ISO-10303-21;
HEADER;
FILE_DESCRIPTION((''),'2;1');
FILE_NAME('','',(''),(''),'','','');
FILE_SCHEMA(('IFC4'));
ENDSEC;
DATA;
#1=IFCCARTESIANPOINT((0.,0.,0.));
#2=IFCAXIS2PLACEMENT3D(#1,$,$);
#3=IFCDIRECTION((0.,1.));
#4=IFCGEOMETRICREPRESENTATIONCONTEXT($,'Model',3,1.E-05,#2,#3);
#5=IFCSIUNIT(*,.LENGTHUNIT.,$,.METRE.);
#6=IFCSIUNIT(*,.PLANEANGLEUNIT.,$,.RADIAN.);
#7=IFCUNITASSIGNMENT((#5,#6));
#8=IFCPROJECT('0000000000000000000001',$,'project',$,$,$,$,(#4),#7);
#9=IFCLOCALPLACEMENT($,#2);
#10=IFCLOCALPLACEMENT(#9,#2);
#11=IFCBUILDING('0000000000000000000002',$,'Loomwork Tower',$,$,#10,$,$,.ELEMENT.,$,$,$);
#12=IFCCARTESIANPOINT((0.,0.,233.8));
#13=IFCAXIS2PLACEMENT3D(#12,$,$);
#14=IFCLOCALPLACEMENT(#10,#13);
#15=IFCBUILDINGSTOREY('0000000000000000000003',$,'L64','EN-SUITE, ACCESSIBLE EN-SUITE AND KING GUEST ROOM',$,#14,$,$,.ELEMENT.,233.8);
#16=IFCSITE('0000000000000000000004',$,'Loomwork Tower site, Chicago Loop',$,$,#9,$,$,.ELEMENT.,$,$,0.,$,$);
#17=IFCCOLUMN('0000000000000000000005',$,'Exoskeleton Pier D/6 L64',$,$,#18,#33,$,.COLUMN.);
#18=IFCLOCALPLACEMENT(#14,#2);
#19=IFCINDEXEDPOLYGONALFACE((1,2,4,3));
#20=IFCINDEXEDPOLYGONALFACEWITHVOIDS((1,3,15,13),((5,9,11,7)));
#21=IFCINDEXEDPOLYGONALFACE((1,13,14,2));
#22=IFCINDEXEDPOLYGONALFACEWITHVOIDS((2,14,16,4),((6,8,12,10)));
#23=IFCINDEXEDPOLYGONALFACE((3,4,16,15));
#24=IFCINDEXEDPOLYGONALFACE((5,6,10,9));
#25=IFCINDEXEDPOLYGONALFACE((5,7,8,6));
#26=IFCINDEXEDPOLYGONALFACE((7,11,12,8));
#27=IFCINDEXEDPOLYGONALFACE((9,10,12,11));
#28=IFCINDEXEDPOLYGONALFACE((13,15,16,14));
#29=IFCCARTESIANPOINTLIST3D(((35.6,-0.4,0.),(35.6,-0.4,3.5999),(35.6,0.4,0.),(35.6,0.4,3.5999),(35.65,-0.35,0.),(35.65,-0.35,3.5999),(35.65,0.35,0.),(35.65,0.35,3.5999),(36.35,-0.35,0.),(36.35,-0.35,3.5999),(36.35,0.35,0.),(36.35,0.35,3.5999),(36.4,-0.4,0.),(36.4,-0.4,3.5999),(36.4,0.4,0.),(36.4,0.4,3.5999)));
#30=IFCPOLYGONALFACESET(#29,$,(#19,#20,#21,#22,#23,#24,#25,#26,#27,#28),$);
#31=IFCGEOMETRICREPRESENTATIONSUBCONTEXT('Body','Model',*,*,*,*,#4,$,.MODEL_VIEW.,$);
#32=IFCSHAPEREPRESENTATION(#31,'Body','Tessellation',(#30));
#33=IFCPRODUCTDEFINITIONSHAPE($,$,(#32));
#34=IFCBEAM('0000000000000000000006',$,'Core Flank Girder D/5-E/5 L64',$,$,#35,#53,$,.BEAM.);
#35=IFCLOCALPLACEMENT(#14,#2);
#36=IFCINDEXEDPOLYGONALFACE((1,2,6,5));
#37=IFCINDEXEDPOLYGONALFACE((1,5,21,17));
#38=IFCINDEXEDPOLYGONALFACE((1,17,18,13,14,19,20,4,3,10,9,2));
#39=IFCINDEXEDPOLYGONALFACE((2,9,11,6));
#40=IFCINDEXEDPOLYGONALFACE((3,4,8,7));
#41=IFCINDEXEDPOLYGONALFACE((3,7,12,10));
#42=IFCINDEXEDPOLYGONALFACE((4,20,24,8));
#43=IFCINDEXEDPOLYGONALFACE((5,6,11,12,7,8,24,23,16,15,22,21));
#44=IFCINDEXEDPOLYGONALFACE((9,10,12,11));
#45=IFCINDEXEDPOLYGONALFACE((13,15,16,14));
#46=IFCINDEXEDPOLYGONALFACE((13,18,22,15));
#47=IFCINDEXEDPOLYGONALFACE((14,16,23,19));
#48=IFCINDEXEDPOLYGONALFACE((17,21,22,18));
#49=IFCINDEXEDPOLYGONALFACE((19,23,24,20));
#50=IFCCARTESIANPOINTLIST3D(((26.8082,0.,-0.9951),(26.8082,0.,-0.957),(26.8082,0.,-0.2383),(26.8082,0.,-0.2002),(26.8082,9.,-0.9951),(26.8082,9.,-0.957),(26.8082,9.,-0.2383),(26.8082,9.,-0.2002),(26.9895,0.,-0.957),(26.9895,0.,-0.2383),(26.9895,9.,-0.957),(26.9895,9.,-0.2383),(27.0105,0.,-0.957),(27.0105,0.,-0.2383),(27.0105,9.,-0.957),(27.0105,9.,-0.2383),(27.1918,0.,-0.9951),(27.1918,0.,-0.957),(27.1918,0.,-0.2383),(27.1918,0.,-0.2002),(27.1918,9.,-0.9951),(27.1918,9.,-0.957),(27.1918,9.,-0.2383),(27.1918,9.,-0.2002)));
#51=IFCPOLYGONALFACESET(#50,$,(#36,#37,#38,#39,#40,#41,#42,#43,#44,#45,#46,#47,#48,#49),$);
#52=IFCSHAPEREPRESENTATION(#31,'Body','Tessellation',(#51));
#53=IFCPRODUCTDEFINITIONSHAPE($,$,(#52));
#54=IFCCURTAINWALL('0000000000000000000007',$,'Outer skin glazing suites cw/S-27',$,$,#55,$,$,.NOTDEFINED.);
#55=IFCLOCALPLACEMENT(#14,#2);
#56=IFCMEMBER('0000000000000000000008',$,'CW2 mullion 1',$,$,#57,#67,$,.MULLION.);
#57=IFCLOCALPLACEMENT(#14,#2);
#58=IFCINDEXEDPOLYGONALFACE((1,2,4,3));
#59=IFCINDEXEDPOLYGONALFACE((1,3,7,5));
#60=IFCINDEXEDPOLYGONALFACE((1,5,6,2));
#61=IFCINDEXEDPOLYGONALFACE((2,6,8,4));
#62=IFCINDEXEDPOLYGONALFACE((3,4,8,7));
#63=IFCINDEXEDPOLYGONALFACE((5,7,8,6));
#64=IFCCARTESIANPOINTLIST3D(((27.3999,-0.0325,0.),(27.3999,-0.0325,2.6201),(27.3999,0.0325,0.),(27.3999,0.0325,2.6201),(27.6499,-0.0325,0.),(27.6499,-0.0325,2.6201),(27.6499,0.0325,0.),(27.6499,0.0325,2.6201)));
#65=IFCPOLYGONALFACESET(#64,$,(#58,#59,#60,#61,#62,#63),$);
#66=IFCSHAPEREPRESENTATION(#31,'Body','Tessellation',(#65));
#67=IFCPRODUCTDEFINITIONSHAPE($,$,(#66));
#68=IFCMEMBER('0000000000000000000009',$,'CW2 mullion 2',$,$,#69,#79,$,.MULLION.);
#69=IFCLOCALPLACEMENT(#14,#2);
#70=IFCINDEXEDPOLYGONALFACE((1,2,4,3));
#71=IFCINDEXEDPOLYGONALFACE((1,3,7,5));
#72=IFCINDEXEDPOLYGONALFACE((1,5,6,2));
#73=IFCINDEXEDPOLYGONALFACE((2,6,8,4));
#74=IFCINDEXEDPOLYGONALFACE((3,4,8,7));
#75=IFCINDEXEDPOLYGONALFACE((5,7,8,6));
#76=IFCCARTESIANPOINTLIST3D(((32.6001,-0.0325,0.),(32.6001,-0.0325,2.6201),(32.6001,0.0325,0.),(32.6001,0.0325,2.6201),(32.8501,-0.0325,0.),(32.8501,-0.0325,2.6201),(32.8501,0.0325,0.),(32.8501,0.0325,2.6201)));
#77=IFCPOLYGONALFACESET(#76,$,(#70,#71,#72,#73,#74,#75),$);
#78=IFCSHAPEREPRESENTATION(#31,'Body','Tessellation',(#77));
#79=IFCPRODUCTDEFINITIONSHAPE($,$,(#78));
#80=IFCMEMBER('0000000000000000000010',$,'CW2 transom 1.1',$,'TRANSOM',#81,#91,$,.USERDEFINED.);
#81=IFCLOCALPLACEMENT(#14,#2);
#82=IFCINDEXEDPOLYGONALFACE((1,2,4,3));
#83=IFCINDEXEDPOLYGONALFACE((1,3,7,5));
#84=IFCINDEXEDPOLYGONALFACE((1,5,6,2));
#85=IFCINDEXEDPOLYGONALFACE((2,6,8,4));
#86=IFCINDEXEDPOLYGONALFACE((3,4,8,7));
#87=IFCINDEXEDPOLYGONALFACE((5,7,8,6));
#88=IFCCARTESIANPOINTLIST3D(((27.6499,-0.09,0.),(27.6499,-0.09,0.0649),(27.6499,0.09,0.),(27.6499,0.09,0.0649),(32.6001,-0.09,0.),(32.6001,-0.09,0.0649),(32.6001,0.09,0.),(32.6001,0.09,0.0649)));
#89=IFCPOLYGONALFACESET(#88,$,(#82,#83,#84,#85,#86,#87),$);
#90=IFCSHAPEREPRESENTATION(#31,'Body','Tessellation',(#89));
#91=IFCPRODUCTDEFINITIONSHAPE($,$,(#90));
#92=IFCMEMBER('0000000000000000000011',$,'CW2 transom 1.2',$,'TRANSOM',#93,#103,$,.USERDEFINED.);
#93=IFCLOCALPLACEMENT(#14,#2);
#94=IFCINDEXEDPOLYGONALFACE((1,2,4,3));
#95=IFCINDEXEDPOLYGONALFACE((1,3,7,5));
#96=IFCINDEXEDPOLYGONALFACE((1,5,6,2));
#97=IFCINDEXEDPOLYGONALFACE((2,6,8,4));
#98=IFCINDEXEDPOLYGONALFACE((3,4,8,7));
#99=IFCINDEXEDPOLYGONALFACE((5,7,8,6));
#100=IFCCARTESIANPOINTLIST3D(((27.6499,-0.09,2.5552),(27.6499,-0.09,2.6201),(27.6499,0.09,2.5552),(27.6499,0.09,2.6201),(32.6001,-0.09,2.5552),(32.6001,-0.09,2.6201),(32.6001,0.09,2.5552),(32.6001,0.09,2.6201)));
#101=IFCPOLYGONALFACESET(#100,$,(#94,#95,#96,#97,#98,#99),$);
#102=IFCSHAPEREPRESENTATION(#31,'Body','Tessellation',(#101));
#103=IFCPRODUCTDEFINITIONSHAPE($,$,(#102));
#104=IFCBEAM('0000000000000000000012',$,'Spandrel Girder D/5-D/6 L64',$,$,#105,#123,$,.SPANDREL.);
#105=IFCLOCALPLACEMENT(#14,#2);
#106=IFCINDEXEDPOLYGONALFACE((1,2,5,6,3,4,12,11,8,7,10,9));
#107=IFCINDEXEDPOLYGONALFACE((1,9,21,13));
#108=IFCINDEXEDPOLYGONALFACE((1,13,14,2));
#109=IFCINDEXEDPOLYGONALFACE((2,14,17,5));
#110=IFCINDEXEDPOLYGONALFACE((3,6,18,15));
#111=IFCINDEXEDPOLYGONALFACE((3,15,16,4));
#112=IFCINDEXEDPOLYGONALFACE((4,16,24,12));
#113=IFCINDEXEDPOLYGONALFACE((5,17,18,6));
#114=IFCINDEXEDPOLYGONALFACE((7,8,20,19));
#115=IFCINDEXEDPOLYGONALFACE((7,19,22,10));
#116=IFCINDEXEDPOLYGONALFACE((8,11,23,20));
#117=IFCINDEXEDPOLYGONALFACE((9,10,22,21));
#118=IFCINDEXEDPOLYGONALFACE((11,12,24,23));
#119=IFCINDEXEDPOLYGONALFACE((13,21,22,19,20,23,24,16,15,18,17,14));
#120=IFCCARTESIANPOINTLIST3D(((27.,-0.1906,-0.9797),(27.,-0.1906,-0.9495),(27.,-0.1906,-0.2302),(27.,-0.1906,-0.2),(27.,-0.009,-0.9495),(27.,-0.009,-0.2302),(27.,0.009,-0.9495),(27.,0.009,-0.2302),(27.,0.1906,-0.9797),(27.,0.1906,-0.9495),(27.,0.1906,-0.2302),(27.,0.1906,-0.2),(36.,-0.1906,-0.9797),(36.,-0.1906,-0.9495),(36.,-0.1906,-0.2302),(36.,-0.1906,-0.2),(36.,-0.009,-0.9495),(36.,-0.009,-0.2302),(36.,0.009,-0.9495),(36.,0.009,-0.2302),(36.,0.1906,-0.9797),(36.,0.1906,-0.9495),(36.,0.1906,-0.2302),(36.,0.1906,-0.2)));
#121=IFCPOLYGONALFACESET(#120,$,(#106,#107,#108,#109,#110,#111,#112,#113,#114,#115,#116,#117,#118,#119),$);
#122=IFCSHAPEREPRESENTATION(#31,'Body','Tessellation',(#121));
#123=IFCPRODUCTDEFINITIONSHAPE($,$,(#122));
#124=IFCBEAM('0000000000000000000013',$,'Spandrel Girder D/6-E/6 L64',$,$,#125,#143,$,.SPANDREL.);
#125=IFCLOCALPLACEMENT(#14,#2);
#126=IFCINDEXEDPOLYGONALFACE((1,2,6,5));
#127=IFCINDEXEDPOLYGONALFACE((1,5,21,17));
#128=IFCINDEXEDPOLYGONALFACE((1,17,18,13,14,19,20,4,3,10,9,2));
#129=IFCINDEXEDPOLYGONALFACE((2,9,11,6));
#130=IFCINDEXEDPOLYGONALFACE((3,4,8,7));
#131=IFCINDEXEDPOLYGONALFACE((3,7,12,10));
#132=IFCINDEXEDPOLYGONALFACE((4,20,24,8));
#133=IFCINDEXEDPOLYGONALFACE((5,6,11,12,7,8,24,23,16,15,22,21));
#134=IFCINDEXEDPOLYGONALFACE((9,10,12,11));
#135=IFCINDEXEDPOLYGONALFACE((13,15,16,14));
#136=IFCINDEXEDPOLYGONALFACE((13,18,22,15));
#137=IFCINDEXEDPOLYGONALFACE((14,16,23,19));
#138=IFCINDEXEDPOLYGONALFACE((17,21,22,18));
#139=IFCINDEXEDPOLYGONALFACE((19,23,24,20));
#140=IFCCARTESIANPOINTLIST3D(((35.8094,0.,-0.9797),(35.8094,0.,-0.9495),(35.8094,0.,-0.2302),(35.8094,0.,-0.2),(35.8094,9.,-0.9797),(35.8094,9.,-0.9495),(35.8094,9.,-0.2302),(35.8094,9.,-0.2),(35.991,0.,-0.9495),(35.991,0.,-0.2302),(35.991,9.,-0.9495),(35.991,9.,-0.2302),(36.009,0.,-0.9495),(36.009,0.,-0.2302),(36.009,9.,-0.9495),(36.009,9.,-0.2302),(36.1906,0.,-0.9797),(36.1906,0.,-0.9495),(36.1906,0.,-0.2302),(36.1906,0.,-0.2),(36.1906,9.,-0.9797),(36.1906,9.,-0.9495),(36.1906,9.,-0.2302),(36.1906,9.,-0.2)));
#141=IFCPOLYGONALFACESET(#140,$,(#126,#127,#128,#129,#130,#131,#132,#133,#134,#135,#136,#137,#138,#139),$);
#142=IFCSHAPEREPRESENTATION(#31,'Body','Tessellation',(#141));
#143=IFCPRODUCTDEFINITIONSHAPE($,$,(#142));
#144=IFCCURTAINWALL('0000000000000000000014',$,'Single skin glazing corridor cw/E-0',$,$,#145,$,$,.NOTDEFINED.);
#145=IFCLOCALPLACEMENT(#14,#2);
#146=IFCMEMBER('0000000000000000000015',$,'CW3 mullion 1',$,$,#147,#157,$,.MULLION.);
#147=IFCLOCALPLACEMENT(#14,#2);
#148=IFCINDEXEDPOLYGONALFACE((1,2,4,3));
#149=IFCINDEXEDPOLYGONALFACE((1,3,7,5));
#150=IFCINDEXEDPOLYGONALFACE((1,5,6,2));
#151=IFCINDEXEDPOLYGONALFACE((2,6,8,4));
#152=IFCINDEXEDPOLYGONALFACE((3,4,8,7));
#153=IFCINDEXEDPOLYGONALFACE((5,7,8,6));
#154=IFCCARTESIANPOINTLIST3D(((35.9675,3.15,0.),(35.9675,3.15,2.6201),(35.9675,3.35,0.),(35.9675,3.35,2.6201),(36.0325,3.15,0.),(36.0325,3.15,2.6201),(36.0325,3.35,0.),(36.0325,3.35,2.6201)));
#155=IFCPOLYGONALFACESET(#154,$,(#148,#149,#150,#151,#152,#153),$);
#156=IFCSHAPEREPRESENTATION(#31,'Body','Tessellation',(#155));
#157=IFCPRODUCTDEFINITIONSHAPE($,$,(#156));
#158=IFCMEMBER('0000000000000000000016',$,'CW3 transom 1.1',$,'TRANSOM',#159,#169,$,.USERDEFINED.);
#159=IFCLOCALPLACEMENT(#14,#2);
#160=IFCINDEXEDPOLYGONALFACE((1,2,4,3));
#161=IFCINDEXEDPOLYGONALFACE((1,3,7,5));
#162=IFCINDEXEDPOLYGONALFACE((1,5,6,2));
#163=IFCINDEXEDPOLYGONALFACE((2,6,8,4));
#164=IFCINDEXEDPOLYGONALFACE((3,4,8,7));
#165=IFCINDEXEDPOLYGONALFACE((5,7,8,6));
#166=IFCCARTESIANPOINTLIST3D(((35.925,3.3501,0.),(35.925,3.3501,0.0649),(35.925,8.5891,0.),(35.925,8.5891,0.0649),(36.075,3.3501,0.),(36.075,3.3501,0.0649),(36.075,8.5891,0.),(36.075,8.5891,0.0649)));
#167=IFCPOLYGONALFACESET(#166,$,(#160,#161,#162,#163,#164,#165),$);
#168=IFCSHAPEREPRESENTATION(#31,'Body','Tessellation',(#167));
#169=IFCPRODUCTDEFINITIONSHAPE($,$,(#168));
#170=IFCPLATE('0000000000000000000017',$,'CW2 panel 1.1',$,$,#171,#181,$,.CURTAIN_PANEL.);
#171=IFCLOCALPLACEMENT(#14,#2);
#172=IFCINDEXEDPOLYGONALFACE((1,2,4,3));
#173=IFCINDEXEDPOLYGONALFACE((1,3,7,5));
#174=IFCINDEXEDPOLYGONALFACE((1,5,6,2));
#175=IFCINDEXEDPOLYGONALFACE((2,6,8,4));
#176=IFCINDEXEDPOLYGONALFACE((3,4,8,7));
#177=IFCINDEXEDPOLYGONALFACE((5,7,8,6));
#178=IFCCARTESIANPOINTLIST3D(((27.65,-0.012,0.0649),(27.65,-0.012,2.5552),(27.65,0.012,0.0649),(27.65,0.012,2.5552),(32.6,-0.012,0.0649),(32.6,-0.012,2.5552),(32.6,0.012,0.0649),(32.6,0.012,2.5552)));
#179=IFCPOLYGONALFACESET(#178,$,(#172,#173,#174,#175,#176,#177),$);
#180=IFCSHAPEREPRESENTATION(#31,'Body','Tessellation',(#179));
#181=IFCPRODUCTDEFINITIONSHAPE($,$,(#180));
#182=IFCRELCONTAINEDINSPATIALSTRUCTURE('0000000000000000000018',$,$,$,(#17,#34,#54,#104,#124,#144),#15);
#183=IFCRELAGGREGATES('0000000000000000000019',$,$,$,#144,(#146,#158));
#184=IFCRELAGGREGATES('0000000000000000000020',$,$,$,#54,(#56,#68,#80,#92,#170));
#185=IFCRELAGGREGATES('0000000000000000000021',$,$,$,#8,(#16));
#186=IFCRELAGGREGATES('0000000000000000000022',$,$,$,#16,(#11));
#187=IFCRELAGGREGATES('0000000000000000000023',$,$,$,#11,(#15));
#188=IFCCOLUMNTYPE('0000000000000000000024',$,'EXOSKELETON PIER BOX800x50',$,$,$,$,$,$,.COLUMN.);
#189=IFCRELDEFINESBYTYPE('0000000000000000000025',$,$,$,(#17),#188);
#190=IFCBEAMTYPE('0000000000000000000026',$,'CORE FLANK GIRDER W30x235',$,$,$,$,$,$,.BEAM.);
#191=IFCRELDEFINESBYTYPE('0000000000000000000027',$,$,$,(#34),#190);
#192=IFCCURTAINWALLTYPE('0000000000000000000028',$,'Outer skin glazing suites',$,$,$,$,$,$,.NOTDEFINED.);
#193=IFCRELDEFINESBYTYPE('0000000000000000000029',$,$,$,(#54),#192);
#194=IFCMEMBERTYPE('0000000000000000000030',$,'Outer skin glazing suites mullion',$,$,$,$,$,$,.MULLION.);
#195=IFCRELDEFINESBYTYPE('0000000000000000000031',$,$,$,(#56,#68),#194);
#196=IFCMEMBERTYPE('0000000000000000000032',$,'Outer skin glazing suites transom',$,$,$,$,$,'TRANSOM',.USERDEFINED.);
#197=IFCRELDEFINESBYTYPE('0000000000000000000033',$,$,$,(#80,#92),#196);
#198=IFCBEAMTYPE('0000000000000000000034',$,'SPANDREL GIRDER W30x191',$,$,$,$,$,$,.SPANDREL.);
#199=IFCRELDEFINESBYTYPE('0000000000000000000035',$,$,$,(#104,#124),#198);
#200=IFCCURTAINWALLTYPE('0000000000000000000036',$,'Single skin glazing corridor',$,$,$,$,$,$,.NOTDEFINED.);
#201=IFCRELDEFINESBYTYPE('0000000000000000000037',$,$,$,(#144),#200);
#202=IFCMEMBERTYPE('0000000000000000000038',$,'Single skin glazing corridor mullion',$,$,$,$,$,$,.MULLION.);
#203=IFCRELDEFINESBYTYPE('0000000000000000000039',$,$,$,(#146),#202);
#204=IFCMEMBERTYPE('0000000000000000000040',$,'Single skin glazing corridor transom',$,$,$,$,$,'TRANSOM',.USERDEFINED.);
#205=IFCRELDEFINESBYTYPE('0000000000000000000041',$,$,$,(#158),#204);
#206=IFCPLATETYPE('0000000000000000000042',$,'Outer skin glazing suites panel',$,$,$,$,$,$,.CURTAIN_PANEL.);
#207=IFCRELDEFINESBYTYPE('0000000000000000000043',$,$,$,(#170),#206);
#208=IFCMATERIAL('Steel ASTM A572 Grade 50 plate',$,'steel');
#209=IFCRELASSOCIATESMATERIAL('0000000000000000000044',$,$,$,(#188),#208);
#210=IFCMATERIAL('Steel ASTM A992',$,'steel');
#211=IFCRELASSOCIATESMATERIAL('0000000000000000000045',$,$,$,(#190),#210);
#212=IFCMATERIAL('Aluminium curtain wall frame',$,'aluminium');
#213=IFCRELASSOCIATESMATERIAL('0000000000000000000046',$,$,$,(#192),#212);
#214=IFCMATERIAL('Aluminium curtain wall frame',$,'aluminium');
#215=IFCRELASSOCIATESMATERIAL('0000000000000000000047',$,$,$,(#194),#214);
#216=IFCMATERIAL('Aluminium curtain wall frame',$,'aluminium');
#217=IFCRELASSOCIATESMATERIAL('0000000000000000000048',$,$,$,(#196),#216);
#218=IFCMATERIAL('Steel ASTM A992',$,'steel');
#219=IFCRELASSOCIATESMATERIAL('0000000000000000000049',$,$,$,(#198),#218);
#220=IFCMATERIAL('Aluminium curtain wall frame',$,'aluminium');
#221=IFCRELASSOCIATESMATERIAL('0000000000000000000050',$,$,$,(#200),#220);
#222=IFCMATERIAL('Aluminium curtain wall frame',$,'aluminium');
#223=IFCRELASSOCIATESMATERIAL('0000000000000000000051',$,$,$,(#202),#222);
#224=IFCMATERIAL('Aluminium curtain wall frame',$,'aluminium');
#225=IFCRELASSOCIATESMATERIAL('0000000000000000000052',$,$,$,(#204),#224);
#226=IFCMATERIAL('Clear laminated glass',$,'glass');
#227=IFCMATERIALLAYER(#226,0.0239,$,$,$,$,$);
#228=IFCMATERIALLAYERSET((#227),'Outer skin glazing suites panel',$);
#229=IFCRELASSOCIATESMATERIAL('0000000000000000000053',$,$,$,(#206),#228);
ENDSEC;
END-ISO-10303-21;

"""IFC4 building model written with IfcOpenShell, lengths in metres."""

from ifc_helpers import new_model, si_unit, direction, frame, origin, origin_2d, place, context, subcontext, project, spatial, rectangle, hollow_rectangle, i_section, extrude, material, layer, layer_set, material_profile, profile_set, type_object, element, aggregate, save


model = new_model("IFC4")

# Units and contexts
model_context = context("Model", 3, precision=1e-05, world=origin(), true_north=direction((0.0, 1.0)))
body_context = subcontext(model_context, "Body", "Model", "MODEL_VIEW")
ifc_project = project(units=[si_unit("LENGTHUNIT", "METRE"), si_unit("PLANEANGLEUNIT", "RADIAN")], contexts=[model_context])

# Site, building, storey
site_placement = place(None, origin())
site = spatial("IfcSite", under=ifc_project, at=site_placement, Name="Loomwork Tower site, Chicago Loop", CompositionType="ELEMENT", RefElevation=0.0)
building_placement = place(site_placement, origin())
building = spatial("IfcBuilding", under=site, at=building_placement, Name="Loomwork Tower", CompositionType="ELEMENT")
storey_placement = place(building_placement, frame((0.0, 0.0, 233.8)))
storey = spatial("IfcBuildingStorey", under=building, at=storey_placement, Name="L64", Description="EN-SUITE, ACCESSIBLE EN-SUITE AND KING GUEST ROOM", CompositionType="ELEMENT", Elevation=233.8)

# Column
ifc_material_1 = material(Name="Steel ASTM A572 Grade 50 plate", Category="steel")
ifc_material_profile_1 = material_profile(ifc_material_1, hollow_rectangle(XDim=0.8, YDim=0.8, WallThickness=0.05, at=origin_2d()), Name="BOX800x50")
ifc_profile_set_1 = profile_set([ifc_material_profile_1], Name="Steel ASTM A572 Grade 50 plate")
column_type = type_object("IfcColumnType", Name="EXOSKELETON PIER BOX800x50", PredefinedType="COLUMN", material=ifc_profile_set_1)
column_placement = place(storey_placement, frame((36.0, 0.0, 0.0), z_axis=(0.0, 0.0, 1.0), x_axis=(1.0, 0.0, 0.0)))
element("IfcColumn", 1, at=column_placement, inside=storey, type_object=column_type, Name="Exoskeleton Pier D/6 L64", PredefinedType="COLUMN", context=body_context, shape_type="SweptSolid", body=[
    extrude(hollow_rectangle(XDim=0.8, YDim=0.8, WallThickness=0.05, at=origin_2d()), origin(), (0.0, 0.0, 1.0), 3.5999),
])

# Beam
ifc_material_2 = material(Name="Steel ASTM A992", Category="steel")
ifc_material_profile_2 = material_profile(ifc_material_2, i_section(OverallWidth=0.3835, OverallDepth=0.7949, WebThickness=0.021, FlangeThickness=0.0381, at=origin_2d()), Name="W30x235")
ifc_profile_set_2 = profile_set([ifc_material_profile_2], Name="Steel ASTM A992")
beam_type_1 = type_object("IfcBeamType", Name="CORE FLANK GIRDER W30x235", PredefinedType="BEAM", material=ifc_profile_set_2)
beam_placement = place(storey_placement, frame((27.0, 0.0, -0.5977), z_axis=(0.0, 1.0, 0.0), x_axis=(-1.0, 0.0, 0.0)))
element("IfcBeam", 2, at=beam_placement, inside=storey, type_object=beam_type_1, Name="Core Flank Girder D/5-E/5 L64", PredefinedType="BEAM", context=body_context, shape_type="SweptSolid", body=[
    extrude(i_section(OverallWidth=0.3835, OverallDepth=0.7949, WebThickness=0.021, FlangeThickness=0.0381, at=origin_2d()), origin(), (0.0, 0.0, 1.0), 9.0),
])

# Curtain wall, members
ifc_material_3 = material(Name="Aluminium curtain wall frame", Category="aluminium")
curtain_wall_type_1 = type_object("IfcCurtainWallType", Name="Outer skin glazing suites", PredefinedType="NOTDEFINED", material=ifc_material_3)
curtain_wall_1_placement = place(storey_placement, origin())
curtain_wall_1 = element("IfcCurtainWall", 3, at=curtain_wall_1_placement, inside=storey, type_object=curtain_wall_type_1, Name="Outer skin glazing suites cw/S-27", PredefinedType="NOTDEFINED")
ifc_material_4 = material(Name="Aluminium curtain wall frame", Category="aluminium")
ifc_material_profile_3 = material_profile(ifc_material_4, rectangle(XDim=0.0649, YDim=0.25, at=origin_2d()), Name="AL 65x250")
ifc_profile_set_3 = profile_set([ifc_material_profile_3], Name="Aluminium curtain wall frame")
member_type_1 = type_object("IfcMemberType", Name="Outer skin glazing suites mullion", PredefinedType="MULLION", material=ifc_profile_set_3)
member_1_placement = place(storey_placement, frame((27.5249, 0.0, 0.0), z_axis=(0.0, 0.0, 1.0), x_axis=(0.0, 1.0, 0.0)))
member_1 = element("IfcMember", 4, at=member_1_placement, type_object=member_type_1, Name="CW2 mullion 1", PredefinedType="MULLION", context=body_context, shape_type="SweptSolid", body=[
    extrude(rectangle(XDim=0.0649, YDim=0.25, at=origin_2d()), origin(), (0.0, 0.0, 1.0), 2.6201),
])
member_2_placement = place(storey_placement, frame((32.7251, 0.0, 0.0), z_axis=(0.0, 0.0, 1.0), x_axis=(0.0, 1.0, 0.0)))
member_2 = element("IfcMember", 5, at=member_2_placement, type_object=member_type_1, Name="CW2 mullion 2", PredefinedType="MULLION", context=body_context, shape_type="SweptSolid", body=[
    extrude(rectangle(XDim=0.0649, YDim=0.25, at=origin_2d()), origin(), (0.0, 0.0, 1.0), 2.6201),
])
ifc_material_5 = material(Name="Aluminium curtain wall frame", Category="aluminium")
ifc_material_profile_4 = material_profile(ifc_material_5, rectangle(XDim=0.1799, YDim=0.0649, at=origin_2d()), Name="AL 65x180")
ifc_profile_set_4 = profile_set([ifc_material_profile_4], Name="Aluminium curtain wall frame")
member_type_2 = type_object("IfcMemberType", Name="Outer skin glazing suites transom", ElementType="TRANSOM", PredefinedType="USERDEFINED", material=ifc_profile_set_4)
member_3_placement = place(storey_placement, frame((27.6499, 0.0, 0.0325), z_axis=(1.0, 0.0, 0.0), x_axis=(0.0, 1.0, 0.0)))
member_3 = element("IfcMember", 6, at=member_3_placement, type_object=member_type_2, Name="CW2 transom 1.1", ObjectType="TRANSOM", PredefinedType="USERDEFINED", context=body_context, shape_type="SweptSolid", body=[
    extrude(rectangle(XDim=0.1799, YDim=0.0649, at=origin_2d()), origin(), (0.0, 0.0, 1.0), 4.9502),
])
member_4_placement = place(storey_placement, frame((27.6499, 0.0, 2.5876), z_axis=(1.0, 0.0, 0.0), x_axis=(0.0, 1.0, 0.0)))
member_4 = element("IfcMember", 7, at=member_4_placement, type_object=member_type_2, Name="CW2 transom 1.2", ObjectType="TRANSOM", PredefinedType="USERDEFINED", context=body_context, shape_type="SweptSolid", body=[
    extrude(rectangle(XDim=0.1799, YDim=0.0649, at=origin_2d()), origin(), (0.0, 0.0, 1.0), 4.9502),
])

# Beams
ifc_material_6 = material(Name="Steel ASTM A992", Category="steel")
ifc_material_profile_5 = material_profile(ifc_material_6, i_section(OverallWidth=0.3811, OverallDepth=0.7798, WebThickness=0.0181, FlangeThickness=0.0303, at=origin_2d()), Name="W30x191")
ifc_profile_set_5 = profile_set([ifc_material_profile_5], Name="Steel ASTM A992")
beam_type_2 = type_object("IfcBeamType", Name="SPANDREL GIRDER W30x191", PredefinedType="SPANDREL", material=ifc_profile_set_5)
for number, where, z_axis, x_axis, name in (
    (8, (27.0, 0.0, -0.5898), (1.0, 0.0, 0.0), (0.0, 1.0, 0.0), "Spandrel Girder D/5-D/6 L64"),
    (9, (36.0, 0.0, -0.5898), (0.0, 1.0, 0.0), (-1.0, 0.0, 0.0), "Spandrel Girder D/6-E/6 L64"),
):
    element("IfcBeam", number, at=place(storey_placement, frame(where, z_axis=z_axis, x_axis=x_axis)), inside=storey, type_object=beam_type_2, Name=name, PredefinedType="SPANDREL", context=body_context, shape_type="SweptSolid", body=[
        extrude(i_section(OverallWidth=0.3811, OverallDepth=0.7798, WebThickness=0.0181, FlangeThickness=0.0303, at=origin_2d()), origin(), (0.0, 0.0, 1.0), 9.0),
    ])

# Curtain wall, members
ifc_material_7 = material(Name="Aluminium curtain wall frame", Category="aluminium")
curtain_wall_type_2 = type_object("IfcCurtainWallType", Name="Single skin glazing corridor", PredefinedType="NOTDEFINED", material=ifc_material_7)
curtain_wall_2_placement = place(storey_placement, origin())
curtain_wall_2 = element("IfcCurtainWall", 10, at=curtain_wall_2_placement, inside=storey, type_object=curtain_wall_type_2, Name="Single skin glazing corridor cw/E-0", PredefinedType="NOTDEFINED")
ifc_material_8 = material(Name="Aluminium curtain wall frame", Category="aluminium")
ifc_material_profile_6 = material_profile(ifc_material_8, rectangle(XDim=0.0649, YDim=0.2, at=origin_2d()), Name="AL 65x200")
ifc_profile_set_6 = profile_set([ifc_material_profile_6], Name="Aluminium curtain wall frame")
member_type_3 = type_object("IfcMemberType", Name="Single skin glazing corridor mullion", PredefinedType="MULLION", material=ifc_profile_set_6)
member_5_placement = place(storey_placement, frame((36.0, 3.25, 0.0), z_axis=(0.0, 0.0, 1.0), x_axis=(-1.0, 0.0, 0.0)))
member_5 = element("IfcMember", 11, at=member_5_placement, type_object=member_type_3, Name="CW3 mullion 1", PredefinedType="MULLION", context=body_context, shape_type="SweptSolid", body=[
    extrude(rectangle(XDim=0.0649, YDim=0.2, at=origin_2d()), origin(), (0.0, 0.0, 1.0), 2.6201),
])
ifc_material_9 = material(Name="Aluminium curtain wall frame", Category="aluminium")
ifc_material_profile_7 = material_profile(ifc_material_9, rectangle(XDim=0.1499, YDim=0.0649, at=origin_2d()), Name="AL 65x150")
ifc_profile_set_7 = profile_set([ifc_material_profile_7], Name="Aluminium curtain wall frame")
member_type_4 = type_object("IfcMemberType", Name="Single skin glazing corridor transom", ElementType="TRANSOM", PredefinedType="USERDEFINED", material=ifc_profile_set_7)
member_6_placement = place(storey_placement, frame((36.0, 3.3501, 0.0325), z_axis=(0.0, 1.0, 0.0), x_axis=(-1.0, 0.0, 0.0)))
member_6 = element("IfcMember", 12, at=member_6_placement, type_object=member_type_4, Name="CW3 transom 1.1", ObjectType="TRANSOM", PredefinedType="USERDEFINED", context=body_context, shape_type="SweptSolid", body=[
    extrude(rectangle(XDim=0.1499, YDim=0.0649, at=origin_2d()), origin(), (0.0, 0.0, 1.0), 5.239),
])
aggregate(curtain_wall_2, [member_5, member_6])

# Plate
ifc_material_10 = material(Name="Clear laminated glass", Category="glass")
ifc_layer_1 = layer(ifc_material_10, 0.0239)
ifc_layer_set_1 = layer_set([ifc_layer_1], Name="Outer skin glazing suites panel")
plate_type = type_object("IfcPlateType", Name="Outer skin glazing suites panel", PredefinedType="CURTAIN_PANEL", material=ifc_layer_set_1)
plate_placement = place(storey_placement, frame((30.125, 0.0, 0.0649), z_axis=(0.0, 0.0, 1.0), x_axis=(1.0, 0.0, 0.0)))
plate = element("IfcPlate", 13, at=plate_placement, type_object=plate_type, Name="CW2 panel 1.1", PredefinedType="CURTAIN_PANEL", context=body_context, shape_type="SweptSolid", body=[
    extrude(rectangle(XDim=4.95, YDim=0.0239, at=origin_2d()), origin(), (0.0, 0.0, 1.0), 2.4902),
])
aggregate(curtain_wall_1, [member_1, member_2, member_3, member_4, plate])

save(model, "model.ifc")
